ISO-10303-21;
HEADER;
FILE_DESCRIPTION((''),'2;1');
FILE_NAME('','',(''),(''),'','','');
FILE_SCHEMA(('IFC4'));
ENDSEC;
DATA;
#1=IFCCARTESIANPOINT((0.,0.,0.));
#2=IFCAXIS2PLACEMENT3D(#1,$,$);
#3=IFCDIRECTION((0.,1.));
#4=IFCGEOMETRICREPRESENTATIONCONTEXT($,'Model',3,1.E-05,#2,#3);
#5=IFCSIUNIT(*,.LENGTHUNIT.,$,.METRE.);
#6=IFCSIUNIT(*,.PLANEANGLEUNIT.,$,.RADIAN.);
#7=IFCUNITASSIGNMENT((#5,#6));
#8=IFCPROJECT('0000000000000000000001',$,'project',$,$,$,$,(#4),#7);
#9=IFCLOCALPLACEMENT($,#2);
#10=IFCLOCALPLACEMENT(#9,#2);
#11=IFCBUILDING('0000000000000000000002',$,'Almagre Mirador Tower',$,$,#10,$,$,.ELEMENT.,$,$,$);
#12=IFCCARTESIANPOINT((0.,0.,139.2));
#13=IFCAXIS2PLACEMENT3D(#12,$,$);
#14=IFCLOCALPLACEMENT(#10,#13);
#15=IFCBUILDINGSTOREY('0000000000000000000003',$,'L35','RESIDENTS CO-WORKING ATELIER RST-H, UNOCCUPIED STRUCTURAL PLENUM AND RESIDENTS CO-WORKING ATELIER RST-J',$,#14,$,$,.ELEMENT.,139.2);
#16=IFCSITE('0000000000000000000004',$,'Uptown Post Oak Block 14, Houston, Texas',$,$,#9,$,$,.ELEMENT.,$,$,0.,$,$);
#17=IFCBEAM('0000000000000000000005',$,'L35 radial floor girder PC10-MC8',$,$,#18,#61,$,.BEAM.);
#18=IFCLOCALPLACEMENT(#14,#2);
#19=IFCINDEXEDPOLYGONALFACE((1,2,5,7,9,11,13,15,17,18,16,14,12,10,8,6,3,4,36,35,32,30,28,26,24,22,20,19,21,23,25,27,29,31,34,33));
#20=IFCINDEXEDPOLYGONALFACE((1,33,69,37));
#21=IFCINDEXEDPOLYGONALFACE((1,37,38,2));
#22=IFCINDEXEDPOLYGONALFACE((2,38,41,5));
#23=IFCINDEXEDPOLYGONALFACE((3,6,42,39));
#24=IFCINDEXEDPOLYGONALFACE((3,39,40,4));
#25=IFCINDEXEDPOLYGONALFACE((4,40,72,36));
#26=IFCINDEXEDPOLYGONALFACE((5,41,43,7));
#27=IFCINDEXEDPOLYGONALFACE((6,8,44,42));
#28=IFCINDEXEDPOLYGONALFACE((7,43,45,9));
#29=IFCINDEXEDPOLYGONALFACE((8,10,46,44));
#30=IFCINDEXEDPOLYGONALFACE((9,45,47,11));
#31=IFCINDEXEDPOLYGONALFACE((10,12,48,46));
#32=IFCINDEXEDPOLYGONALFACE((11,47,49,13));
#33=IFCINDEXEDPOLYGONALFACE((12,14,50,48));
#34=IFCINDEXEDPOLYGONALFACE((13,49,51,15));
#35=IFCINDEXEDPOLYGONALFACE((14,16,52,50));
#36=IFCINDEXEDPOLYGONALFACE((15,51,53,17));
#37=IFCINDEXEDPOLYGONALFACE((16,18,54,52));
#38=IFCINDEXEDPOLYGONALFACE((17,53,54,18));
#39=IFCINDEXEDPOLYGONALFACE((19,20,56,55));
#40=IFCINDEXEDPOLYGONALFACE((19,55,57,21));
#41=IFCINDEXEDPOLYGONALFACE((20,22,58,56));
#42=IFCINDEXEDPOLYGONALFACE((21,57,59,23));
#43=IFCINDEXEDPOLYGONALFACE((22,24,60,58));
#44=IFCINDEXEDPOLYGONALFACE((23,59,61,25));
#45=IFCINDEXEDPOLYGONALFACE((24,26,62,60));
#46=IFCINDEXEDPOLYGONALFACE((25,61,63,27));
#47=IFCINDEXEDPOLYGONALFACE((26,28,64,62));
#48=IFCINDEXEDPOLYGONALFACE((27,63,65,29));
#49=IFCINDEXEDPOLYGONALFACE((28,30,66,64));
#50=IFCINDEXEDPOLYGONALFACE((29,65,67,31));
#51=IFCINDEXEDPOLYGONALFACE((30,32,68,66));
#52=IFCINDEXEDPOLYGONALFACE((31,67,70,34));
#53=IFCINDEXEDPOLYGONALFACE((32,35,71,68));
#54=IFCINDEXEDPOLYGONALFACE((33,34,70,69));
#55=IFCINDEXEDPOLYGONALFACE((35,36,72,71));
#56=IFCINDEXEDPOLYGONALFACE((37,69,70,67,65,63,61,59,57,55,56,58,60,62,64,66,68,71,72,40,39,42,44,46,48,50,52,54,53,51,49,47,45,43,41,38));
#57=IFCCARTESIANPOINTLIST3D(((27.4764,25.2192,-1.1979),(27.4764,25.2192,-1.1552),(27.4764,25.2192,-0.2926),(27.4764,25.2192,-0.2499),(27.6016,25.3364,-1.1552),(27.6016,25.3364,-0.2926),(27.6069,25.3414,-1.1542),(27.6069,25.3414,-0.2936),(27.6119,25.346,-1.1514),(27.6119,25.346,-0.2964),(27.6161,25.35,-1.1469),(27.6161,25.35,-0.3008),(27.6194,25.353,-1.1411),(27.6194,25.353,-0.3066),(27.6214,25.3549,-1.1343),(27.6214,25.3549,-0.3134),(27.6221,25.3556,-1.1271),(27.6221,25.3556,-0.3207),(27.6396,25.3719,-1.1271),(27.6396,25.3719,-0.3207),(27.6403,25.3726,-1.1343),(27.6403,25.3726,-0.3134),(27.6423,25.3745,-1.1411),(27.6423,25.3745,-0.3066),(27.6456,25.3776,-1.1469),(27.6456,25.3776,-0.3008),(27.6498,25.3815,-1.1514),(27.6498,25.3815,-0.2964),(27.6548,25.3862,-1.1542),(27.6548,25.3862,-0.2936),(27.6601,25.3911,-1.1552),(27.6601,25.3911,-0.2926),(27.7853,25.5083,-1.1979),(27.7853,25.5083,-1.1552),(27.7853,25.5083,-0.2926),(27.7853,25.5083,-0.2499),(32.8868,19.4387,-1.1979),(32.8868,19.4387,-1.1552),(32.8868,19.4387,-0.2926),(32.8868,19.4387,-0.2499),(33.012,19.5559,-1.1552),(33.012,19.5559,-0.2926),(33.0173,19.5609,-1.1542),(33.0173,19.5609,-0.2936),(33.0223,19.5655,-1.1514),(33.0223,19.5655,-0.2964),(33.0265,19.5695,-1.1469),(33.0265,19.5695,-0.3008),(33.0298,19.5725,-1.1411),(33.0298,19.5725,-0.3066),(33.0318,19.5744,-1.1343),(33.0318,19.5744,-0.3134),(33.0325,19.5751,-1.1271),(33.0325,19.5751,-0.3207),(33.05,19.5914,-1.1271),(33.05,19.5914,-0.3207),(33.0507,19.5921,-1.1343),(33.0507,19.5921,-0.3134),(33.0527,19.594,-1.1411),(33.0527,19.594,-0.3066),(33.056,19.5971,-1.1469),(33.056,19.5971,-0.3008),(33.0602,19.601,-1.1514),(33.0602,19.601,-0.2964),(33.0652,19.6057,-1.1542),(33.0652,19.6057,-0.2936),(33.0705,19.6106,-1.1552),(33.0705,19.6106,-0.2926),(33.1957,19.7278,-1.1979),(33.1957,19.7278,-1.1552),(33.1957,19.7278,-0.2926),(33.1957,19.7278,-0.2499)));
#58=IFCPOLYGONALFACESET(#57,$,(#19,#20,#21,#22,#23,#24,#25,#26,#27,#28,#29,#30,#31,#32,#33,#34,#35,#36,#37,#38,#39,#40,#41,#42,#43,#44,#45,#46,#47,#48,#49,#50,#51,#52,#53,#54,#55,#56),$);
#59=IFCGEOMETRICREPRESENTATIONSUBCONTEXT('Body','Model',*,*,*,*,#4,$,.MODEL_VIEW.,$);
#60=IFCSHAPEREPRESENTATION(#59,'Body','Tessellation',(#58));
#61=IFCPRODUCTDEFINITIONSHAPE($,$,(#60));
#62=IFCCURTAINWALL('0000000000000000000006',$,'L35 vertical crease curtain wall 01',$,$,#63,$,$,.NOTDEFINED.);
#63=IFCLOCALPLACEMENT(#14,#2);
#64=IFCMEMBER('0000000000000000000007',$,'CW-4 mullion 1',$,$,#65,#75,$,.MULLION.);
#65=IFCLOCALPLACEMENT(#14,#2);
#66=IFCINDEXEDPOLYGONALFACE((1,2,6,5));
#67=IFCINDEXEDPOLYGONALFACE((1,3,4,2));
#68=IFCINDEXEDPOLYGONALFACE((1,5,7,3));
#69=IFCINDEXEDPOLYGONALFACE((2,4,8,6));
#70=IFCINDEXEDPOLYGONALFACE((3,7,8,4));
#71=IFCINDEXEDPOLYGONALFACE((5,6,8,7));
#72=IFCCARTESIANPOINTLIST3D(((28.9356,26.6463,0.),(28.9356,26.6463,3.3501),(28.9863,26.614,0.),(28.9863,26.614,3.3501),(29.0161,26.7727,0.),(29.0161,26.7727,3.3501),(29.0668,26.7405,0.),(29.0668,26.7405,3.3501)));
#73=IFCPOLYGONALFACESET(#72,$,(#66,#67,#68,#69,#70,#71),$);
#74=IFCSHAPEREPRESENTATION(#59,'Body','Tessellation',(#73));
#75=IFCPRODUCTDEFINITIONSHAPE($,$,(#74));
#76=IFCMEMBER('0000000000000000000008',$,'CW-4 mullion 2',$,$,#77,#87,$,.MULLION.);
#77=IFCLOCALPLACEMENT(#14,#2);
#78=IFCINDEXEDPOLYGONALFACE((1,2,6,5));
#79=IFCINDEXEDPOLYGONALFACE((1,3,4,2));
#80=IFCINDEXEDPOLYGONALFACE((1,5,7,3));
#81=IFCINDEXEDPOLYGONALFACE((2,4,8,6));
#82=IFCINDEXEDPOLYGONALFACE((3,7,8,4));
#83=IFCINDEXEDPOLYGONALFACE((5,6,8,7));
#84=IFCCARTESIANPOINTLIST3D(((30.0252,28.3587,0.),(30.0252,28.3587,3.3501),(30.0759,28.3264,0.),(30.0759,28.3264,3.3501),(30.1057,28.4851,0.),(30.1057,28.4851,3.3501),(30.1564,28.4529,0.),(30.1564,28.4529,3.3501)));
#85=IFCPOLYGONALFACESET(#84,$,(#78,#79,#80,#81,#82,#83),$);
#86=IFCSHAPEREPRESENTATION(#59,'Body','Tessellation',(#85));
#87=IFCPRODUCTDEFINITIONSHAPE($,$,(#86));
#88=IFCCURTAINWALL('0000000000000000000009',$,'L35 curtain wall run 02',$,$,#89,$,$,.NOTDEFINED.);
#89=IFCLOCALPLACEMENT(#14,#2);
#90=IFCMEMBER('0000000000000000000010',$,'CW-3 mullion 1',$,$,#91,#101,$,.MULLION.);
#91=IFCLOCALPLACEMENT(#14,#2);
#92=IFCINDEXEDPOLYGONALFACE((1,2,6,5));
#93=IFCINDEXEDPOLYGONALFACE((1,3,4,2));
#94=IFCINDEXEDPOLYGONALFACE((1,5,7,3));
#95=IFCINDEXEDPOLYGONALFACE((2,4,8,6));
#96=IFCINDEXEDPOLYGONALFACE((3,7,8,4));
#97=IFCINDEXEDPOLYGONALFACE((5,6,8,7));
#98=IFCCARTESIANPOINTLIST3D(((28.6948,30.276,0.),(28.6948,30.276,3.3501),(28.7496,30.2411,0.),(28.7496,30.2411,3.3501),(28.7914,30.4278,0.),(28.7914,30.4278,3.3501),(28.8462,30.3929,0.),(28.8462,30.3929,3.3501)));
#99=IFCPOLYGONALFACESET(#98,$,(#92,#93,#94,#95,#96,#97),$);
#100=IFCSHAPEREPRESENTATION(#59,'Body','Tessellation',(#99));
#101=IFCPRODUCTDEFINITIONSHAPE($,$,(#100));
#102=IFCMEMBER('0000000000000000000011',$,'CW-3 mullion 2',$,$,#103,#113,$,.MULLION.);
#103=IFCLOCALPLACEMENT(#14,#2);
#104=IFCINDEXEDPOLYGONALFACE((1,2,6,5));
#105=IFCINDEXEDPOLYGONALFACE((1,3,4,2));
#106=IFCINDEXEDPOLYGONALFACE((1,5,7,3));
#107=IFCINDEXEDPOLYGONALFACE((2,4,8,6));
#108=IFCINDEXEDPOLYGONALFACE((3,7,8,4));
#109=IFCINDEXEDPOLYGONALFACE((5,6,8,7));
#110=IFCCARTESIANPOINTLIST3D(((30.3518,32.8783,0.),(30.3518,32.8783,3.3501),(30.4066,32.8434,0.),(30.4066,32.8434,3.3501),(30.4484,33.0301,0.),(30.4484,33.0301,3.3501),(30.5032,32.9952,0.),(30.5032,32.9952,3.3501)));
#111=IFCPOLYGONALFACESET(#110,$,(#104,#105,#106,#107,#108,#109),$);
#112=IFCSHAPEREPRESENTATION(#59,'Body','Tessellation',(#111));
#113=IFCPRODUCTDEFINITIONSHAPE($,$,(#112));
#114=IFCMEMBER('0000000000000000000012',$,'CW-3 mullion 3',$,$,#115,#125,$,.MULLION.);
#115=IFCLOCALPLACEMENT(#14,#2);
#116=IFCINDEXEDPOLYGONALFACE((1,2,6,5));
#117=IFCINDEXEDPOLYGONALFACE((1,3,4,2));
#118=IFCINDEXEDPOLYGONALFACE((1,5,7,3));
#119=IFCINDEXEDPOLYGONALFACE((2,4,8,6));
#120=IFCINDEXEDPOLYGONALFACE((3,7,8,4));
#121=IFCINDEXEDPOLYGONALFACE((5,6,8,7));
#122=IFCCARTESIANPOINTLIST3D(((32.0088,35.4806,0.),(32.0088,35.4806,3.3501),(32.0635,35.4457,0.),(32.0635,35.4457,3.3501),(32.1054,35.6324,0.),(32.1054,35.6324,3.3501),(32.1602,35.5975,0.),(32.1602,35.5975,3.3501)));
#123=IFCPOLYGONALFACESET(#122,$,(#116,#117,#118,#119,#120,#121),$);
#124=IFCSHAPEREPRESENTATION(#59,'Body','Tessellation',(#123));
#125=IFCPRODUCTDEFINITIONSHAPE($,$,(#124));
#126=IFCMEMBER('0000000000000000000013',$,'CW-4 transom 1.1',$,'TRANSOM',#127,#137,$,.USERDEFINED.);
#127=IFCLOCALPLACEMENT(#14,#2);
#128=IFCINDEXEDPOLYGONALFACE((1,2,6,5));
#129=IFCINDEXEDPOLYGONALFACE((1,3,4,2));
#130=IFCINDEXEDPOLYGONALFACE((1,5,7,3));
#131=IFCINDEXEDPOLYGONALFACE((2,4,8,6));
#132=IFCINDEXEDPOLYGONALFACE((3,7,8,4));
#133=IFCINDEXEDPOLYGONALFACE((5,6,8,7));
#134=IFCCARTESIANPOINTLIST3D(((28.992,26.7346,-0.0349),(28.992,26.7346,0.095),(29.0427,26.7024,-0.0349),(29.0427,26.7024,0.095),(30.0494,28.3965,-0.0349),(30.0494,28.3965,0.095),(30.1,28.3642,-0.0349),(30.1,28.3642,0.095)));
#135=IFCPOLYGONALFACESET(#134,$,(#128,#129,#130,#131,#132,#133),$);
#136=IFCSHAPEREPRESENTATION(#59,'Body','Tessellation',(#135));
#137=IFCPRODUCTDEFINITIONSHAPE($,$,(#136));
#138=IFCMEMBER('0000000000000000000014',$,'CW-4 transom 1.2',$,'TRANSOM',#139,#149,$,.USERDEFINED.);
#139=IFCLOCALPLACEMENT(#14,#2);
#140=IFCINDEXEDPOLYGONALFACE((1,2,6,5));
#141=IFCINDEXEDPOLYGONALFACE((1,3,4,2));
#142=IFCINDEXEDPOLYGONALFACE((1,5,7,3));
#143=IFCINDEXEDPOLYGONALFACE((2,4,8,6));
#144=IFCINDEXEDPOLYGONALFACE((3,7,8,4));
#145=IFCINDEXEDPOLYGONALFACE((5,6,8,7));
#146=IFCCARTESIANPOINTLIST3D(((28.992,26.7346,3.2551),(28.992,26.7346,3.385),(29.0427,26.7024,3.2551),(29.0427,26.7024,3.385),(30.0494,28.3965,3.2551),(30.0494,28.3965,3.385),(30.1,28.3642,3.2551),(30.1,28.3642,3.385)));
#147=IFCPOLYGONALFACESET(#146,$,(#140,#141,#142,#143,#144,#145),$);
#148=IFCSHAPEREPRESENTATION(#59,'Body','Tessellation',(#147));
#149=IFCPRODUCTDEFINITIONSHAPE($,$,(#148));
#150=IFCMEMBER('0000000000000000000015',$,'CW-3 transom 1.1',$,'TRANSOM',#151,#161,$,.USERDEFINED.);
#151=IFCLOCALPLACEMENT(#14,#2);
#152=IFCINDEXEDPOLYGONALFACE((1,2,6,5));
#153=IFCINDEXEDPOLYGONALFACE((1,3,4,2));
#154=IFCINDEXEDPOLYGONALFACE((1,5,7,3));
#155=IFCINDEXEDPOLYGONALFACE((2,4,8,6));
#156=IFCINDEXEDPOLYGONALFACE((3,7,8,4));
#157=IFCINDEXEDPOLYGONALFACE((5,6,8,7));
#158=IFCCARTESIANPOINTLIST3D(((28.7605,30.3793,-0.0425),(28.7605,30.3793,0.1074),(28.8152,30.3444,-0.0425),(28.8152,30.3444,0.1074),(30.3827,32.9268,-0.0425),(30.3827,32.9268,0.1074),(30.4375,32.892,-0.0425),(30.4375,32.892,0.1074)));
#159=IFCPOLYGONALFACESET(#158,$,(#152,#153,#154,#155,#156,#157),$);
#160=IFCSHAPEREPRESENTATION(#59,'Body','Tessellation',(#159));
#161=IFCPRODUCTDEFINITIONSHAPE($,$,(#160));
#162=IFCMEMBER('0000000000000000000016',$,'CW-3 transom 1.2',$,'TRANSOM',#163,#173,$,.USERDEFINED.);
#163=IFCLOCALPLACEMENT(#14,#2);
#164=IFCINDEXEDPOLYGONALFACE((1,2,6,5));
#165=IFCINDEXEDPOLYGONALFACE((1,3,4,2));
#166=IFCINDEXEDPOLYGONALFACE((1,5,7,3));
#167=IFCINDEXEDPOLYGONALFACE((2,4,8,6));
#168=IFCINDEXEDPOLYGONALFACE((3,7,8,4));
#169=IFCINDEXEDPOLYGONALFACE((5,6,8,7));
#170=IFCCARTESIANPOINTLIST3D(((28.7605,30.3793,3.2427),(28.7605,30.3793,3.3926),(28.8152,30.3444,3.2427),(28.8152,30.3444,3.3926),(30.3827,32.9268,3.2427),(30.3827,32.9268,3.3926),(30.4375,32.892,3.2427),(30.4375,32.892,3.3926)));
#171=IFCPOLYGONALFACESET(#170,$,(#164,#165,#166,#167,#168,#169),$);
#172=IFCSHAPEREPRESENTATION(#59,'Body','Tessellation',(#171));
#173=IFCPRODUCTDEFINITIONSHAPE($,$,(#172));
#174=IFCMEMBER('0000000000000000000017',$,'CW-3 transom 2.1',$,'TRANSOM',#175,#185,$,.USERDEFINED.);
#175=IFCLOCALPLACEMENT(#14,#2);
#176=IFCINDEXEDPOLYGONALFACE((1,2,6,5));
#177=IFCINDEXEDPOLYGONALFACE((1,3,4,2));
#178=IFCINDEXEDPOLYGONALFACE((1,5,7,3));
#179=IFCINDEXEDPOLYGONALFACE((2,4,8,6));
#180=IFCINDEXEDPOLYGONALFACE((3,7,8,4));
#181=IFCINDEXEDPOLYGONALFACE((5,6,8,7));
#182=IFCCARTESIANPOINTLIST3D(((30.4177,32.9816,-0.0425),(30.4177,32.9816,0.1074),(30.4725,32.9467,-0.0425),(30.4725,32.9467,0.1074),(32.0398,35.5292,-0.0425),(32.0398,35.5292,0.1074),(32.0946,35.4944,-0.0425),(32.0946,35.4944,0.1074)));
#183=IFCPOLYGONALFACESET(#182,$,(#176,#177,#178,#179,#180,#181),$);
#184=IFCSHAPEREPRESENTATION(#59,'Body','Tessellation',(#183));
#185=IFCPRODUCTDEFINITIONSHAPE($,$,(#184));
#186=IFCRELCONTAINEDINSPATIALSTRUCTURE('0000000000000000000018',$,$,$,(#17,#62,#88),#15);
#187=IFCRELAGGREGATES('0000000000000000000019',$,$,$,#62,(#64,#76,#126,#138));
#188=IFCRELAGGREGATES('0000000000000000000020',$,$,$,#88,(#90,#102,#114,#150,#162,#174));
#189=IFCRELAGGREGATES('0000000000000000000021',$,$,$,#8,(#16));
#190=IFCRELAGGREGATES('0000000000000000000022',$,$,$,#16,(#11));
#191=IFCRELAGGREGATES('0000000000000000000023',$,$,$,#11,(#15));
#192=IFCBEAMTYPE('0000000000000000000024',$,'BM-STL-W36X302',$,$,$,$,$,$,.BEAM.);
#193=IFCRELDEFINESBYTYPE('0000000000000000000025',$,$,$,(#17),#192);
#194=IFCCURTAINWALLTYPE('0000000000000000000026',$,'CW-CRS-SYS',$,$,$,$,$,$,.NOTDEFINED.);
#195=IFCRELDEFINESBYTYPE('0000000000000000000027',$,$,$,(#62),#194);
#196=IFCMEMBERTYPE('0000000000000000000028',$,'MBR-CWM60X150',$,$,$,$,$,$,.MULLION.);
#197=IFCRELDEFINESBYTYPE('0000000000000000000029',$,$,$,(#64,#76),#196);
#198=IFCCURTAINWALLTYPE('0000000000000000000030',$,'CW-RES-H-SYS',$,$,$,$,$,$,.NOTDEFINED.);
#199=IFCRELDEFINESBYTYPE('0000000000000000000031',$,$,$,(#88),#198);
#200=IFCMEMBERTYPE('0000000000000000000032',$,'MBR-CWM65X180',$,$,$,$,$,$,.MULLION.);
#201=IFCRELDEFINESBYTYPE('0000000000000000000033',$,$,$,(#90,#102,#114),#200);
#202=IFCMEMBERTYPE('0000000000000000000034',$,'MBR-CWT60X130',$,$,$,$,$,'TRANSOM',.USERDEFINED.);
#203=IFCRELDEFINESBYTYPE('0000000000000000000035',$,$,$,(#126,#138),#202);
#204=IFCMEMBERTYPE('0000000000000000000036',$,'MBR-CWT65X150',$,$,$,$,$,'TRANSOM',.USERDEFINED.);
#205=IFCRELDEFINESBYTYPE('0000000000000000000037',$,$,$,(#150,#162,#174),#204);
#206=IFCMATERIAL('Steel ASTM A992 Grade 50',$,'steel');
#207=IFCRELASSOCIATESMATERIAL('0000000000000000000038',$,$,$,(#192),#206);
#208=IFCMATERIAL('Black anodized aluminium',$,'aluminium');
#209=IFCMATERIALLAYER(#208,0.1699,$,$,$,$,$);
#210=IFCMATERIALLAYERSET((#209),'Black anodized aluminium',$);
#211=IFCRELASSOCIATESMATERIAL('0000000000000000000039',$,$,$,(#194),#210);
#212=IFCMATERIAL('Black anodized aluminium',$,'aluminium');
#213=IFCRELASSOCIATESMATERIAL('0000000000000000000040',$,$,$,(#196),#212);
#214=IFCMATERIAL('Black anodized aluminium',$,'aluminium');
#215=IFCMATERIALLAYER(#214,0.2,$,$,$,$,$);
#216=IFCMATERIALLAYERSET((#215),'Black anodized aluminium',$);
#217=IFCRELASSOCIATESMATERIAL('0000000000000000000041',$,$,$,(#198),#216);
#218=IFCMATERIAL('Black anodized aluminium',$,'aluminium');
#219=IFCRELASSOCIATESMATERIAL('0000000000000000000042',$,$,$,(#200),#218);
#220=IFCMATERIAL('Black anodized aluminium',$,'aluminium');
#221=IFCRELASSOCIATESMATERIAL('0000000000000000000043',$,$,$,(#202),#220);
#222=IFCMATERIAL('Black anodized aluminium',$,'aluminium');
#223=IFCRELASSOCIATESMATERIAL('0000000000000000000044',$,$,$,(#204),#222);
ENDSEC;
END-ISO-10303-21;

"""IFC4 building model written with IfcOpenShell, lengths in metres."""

from ifc_helpers import new_model, si_unit, direction, frame, origin, origin_2d, place, context, subcontext, project, spatial, rectangle, i_section, extrude, material, layer, layer_set, material_profile, profile_set, type_object, element, aggregate, save


model = new_model("IFC4")

# Units and contexts
model_context = context("Model", 3, precision=1e-05, world=origin(), true_north=direction((0.0, 1.0)))
body_context = subcontext(model_context, "Body", "Model", "MODEL_VIEW")
ifc_project = project(units=[si_unit("LENGTHUNIT", "METRE"), si_unit("PLANEANGLEUNIT", "RADIAN")], contexts=[model_context])

# Site, building, storey
site_placement = place(None, origin())
site = spatial("IfcSite", under=ifc_project, at=site_placement, Name="Uptown Post Oak Block 14, Houston, Texas", CompositionType="ELEMENT", RefElevation=0.0)
building_placement = place(site_placement, origin())
building = spatial("IfcBuilding", under=site, at=building_placement, Name="Almagre Mirador Tower", CompositionType="ELEMENT")
storey_placement = place(building_placement, frame((0.0, 0.0, 139.2)))
storey = spatial("IfcBuildingStorey", under=building, at=storey_placement, Name="L35", Description="RESIDENTS CO-WORKING ATELIER RST-H, UNOCCUPIED STRUCTURAL PLENUM AND RESIDENTS CO-WORKING ATELIER RST-J", CompositionType="ELEMENT", Elevation=139.2)

# Beam
ifc_material_1 = material(Name="Steel ASTM A992 Grade 50", Category="steel")
ifc_material_profile_1 = material_profile(ifc_material_1, i_section(OverallWidth=0.4231, OverallDepth=0.948, WebThickness=0.0239, FlangeThickness=0.0427, FilletRadius=0.0281, at=origin_2d()), Name="W36X302")
ifc_profile_set_1 = profile_set([ifc_material_profile_1], Name="Steel ASTM A992 Grade 50")
beam_type_1 = type_object("IfcBeamType", Name="BM-STL-W36X302", PredefinedType="BEAM", material=ifc_profile_set_1)
beam_1_placement = place(storey_placement, frame((27.6309, 25.3638, -0.7239), z_axis=(0.683347, -0.730094, 0.0), x_axis=(0.730094, 0.683347, 0.0)))
element("IfcBeam", 1, at=beam_1_placement, inside=storey, type_object=beam_type_1, Name="L35 radial floor girder PC10-MC8", PredefinedType="BEAM", context=body_context, shape_type="SweptSolid", body=[
    extrude(i_section(OverallWidth=0.4231, OverallDepth=0.948, WebThickness=0.0239, FlangeThickness=0.0427, FilletRadius=0.0281, at=origin_2d()), origin(), (0.0, 0.0, 1.0), 7.9175),
])

# Curtain walls, members
ifc_material_2 = material(Name="Black anodized aluminium", Category="aluminium")
ifc_layer_1 = layer(ifc_material_2, 0.1699)
ifc_layer_set_1 = layer_set([ifc_layer_1], Name="Black anodized aluminium")
curtain_wall_type_1 = type_object("IfcCurtainWallType", Name="CW-CRS-SYS", PredefinedType="NOTDEFINED", material=ifc_layer_set_1)
curtain_wall_1_placement = place(storey_placement, origin())
curtain_wall_1 = element("IfcCurtainWall", 2, at=curtain_wall_1_placement, inside=storey, type_object=curtain_wall_type_1, Name="L35 vertical crease curtain wall 01", PredefinedType="NOTDEFINED")
ifc_material_3 = material(Name="Black anodized aluminium", Category="aluminium")
ifc_material_profile_2 = material_profile(ifc_material_3, rectangle(XDim=0.0601, YDim=0.1499, at=origin_2d()), Name="CWM60X150")
ifc_profile_set_2 = profile_set([ifc_material_profile_2], Name="Black anodized aluminium")
member_type_1 = type_object("IfcMemberType", Name="MBR-CWM60X150", PredefinedType="MULLION", material=ifc_profile_set_2)
member_1_placement = place(storey_placement, frame((29.0012, 26.6934, 0.0), z_axis=(0.0, 0.0, 1.0), x_axis=(-0.843642, 0.536906, 0.0)))
member_1 = element("IfcMember", 3, at=member_1_placement, type_object=member_type_1, Name="CW-4 mullion 1", PredefinedType="MULLION", context=body_context, shape_type="SweptSolid", body=[
    extrude(rectangle(XDim=0.0601, YDim=0.1499, at=origin_2d()), origin(), (0.0, 0.0, 1.0), 3.3501),
])
member_2_placement = place(storey_placement, frame((30.0908, 28.4058, 0.0), z_axis=(0.0, 0.0, 1.0), x_axis=(-0.843642, 0.536906, 0.0)))
member_2 = element("IfcMember", 4, at=member_2_placement, type_object=member_type_1, Name="CW-4 mullion 2", PredefinedType="MULLION", context=body_context, shape_type="SweptSolid", body=[
    extrude(rectangle(XDim=0.0601, YDim=0.1499, at=origin_2d()), origin(), (0.0, 0.0, 1.0), 3.3501),
])
ifc_material_4 = material(Name="Black anodized aluminium", Category="aluminium")
ifc_layer_2 = layer(ifc_material_4, 0.2)
ifc_layer_set_2 = layer_set([ifc_layer_2], Name="Black anodized aluminium")
curtain_wall_type_2 = type_object("IfcCurtainWallType", Name="CW-RES-H-SYS", PredefinedType="NOTDEFINED", material=ifc_layer_set_2)
curtain_wall_2_placement = place(storey_placement, origin())
curtain_wall_2 = element("IfcCurtainWall", 5, at=curtain_wall_2_placement, inside=storey, type_object=curtain_wall_type_2, Name="L35 curtain wall run 02", PredefinedType="NOTDEFINED")
ifc_material_5 = material(Name="Black anodized aluminium", Category="aluminium")
ifc_material_profile_3 = material_profile(ifc_material_5, rectangle(XDim=0.0649, YDim=0.1799, at=origin_2d()), Name="CWM65X180")
ifc_profile_set_3 = profile_set([ifc_material_profile_3], Name="Black anodized aluminium")
member_type_2 = type_object("IfcMemberType", Name="MBR-CWM65X180", PredefinedType="MULLION", material=ifc_profile_set_3)
member_3_placement = place(storey_placement, frame((28.7705, 30.3345, 0.0), z_axis=(0.0, 0.0, 1.0), x_axis=(-0.843513, 0.537109, 0.0)))
member_3 = element("IfcMember", 6, at=member_3_placement, type_object=member_type_2, Name="CW-3 mullion 1", PredefinedType="MULLION", context=body_context, shape_type="SweptSolid", body=[
    extrude(rectangle(XDim=0.0649, YDim=0.1799, at=origin_2d()), origin(), (0.0, 0.0, 1.0), 3.3501),
])
member_4_placement = place(storey_placement, frame((30.4275, 32.9368, 0.0), z_axis=(0.0, 0.0, 1.0), x_axis=(-0.843513, 0.537109, 0.0)))
member_4 = element("IfcMember", 7, at=member_4_placement, type_object=member_type_2, Name="CW-3 mullion 2", PredefinedType="MULLION", context=body_context, shape_type="SweptSolid", body=[
    extrude(rectangle(XDim=0.0649, YDim=0.1799, at=origin_2d()), origin(), (0.0, 0.0, 1.0), 3.3501),
])
member_5_placement = place(storey_placement, frame((32.0845, 35.5391, 0.0), z_axis=(0.0, 0.0, 1.0), x_axis=(-0.843513, 0.537109, 0.0)))
member_5 = element("IfcMember", 8, at=member_5_placement, type_object=member_type_2, Name="CW-3 mullion 3", PredefinedType="MULLION", context=body_context, shape_type="SweptSolid", body=[
    extrude(rectangle(XDim=0.0649, YDim=0.1799, at=origin_2d()), origin(), (0.0, 0.0, 1.0), 3.3501),
])

# Members
ifc_material_6 = material(Name="Black anodized aluminium", Category="aluminium")
ifc_material_profile_4 = material_profile(ifc_material_6, rectangle(XDim=0.0601, YDim=0.1299, at=origin_2d()), Name="CWT60X130")
ifc_profile_set_4 = profile_set([ifc_material_profile_4], Name="Black anodized aluminium")
member_type_3 = type_object("IfcMemberType", Name="MBR-CWT60X130", ElementType="TRANSOM", PredefinedType="USERDEFINED", material=ifc_profile_set_4)
member_6_placement = place(storey_placement, frame((29.0173, 26.7185, 0.03), z_axis=(0.536811, 0.843702, 0.0), x_axis=(-0.843702, 0.536811, 0.0)))
member_6 = element("IfcMember", 9, at=member_6_placement, type_object=member_type_3, Name="CW-4 transom 1.1", ObjectType="TRANSOM", PredefinedType="USERDEFINED", context=body_context, shape_type="SweptSolid", body=[
    extrude(rectangle(XDim=0.0601, YDim=0.1299, at=origin_2d()), origin(), (0.0, 0.0, 1.0), 1.9697),
])
member_7_placement = place(storey_placement, frame((29.0173, 26.7185, 3.3201), z_axis=(0.536811, 0.843702, 0.0), x_axis=(-0.843702, 0.536811, 0.0)))
member_7 = element("IfcMember", 10, at=member_7_placement, type_object=member_type_3, Name="CW-4 transom 1.2", ObjectType="TRANSOM", PredefinedType="USERDEFINED", context=body_context, shape_type="SweptSolid", body=[
    extrude(rectangle(XDim=0.0601, YDim=0.1299, at=origin_2d()), origin(), (0.0, 0.0, 1.0), 1.9697),
])
ifc_material_7 = material(Name="Black anodized aluminium", Category="aluminium")
ifc_material_profile_5 = material_profile(ifc_material_7, rectangle(XDim=0.0649, YDim=0.1499, at=origin_2d()), Name="CWT65X150")
ifc_profile_set_5 = profile_set([ifc_material_profile_5], Name="Black anodized aluminium")
member_type_4 = type_object("IfcMemberType", Name="MBR-CWT65X150", ElementType="TRANSOM", PredefinedType="USERDEFINED", material=ifc_profile_set_5)
member_8_placement = place(storey_placement, frame((28.7878, 30.3618, 0.0325), z_axis=(0.537137, 0.843495, 0.0), x_axis=(-0.843495, 0.537137, 0.0)))
member_8 = element("IfcMember", 11, at=member_8_placement, type_object=member_type_4, Name="CW-3 transom 1.1", ObjectType="TRANSOM", PredefinedType="USERDEFINED", context=body_context, shape_type="SweptSolid", body=[
    extrude(rectangle(XDim=0.0649, YDim=0.1499, at=origin_2d()), origin(), (0.0, 0.0, 1.0), 3.0203),
])
member_9_placement = place(storey_placement, frame((28.7878, 30.3618, 3.3176), z_axis=(0.537137, 0.843495, 0.0), x_axis=(-0.843495, 0.537137, 0.0)))
member_9 = element("IfcMember", 12, at=member_9_placement, type_object=member_type_4, Name="CW-3 transom 1.2", ObjectType="TRANSOM", PredefinedType="USERDEFINED", context=body_context, shape_type="SweptSolid", body=[
    extrude(rectangle(XDim=0.0649, YDim=0.1499, at=origin_2d()), origin(), (0.0, 0.0, 1.0), 3.0203),
])
member_10_placement = place(storey_placement, frame((30.4451, 32.9641, 0.0325), z_axis=(0.537079, 0.843532, 0.0), x_axis=(-0.843532, 0.537079, 0.0)))
member_10 = element("IfcMember", 13, at=member_10_placement, type_object=member_type_4, Name="CW-3 transom 2.1", ObjectType="TRANSOM", PredefinedType="USERDEFINED", context=body_context, shape_type="SweptSolid", body=[
    extrude(rectangle(XDim=0.0649, YDim=0.1499, at=origin_2d()), origin(), (0.0, 0.0, 1.0), 3.0203),
])

aggregate(curtain_wall_1, [member_1, member_2, member_6, member_7])
aggregate(curtain_wall_2, [member_3, member_4, member_5, member_8, member_9, member_10])

save(model, "model.ifc")
